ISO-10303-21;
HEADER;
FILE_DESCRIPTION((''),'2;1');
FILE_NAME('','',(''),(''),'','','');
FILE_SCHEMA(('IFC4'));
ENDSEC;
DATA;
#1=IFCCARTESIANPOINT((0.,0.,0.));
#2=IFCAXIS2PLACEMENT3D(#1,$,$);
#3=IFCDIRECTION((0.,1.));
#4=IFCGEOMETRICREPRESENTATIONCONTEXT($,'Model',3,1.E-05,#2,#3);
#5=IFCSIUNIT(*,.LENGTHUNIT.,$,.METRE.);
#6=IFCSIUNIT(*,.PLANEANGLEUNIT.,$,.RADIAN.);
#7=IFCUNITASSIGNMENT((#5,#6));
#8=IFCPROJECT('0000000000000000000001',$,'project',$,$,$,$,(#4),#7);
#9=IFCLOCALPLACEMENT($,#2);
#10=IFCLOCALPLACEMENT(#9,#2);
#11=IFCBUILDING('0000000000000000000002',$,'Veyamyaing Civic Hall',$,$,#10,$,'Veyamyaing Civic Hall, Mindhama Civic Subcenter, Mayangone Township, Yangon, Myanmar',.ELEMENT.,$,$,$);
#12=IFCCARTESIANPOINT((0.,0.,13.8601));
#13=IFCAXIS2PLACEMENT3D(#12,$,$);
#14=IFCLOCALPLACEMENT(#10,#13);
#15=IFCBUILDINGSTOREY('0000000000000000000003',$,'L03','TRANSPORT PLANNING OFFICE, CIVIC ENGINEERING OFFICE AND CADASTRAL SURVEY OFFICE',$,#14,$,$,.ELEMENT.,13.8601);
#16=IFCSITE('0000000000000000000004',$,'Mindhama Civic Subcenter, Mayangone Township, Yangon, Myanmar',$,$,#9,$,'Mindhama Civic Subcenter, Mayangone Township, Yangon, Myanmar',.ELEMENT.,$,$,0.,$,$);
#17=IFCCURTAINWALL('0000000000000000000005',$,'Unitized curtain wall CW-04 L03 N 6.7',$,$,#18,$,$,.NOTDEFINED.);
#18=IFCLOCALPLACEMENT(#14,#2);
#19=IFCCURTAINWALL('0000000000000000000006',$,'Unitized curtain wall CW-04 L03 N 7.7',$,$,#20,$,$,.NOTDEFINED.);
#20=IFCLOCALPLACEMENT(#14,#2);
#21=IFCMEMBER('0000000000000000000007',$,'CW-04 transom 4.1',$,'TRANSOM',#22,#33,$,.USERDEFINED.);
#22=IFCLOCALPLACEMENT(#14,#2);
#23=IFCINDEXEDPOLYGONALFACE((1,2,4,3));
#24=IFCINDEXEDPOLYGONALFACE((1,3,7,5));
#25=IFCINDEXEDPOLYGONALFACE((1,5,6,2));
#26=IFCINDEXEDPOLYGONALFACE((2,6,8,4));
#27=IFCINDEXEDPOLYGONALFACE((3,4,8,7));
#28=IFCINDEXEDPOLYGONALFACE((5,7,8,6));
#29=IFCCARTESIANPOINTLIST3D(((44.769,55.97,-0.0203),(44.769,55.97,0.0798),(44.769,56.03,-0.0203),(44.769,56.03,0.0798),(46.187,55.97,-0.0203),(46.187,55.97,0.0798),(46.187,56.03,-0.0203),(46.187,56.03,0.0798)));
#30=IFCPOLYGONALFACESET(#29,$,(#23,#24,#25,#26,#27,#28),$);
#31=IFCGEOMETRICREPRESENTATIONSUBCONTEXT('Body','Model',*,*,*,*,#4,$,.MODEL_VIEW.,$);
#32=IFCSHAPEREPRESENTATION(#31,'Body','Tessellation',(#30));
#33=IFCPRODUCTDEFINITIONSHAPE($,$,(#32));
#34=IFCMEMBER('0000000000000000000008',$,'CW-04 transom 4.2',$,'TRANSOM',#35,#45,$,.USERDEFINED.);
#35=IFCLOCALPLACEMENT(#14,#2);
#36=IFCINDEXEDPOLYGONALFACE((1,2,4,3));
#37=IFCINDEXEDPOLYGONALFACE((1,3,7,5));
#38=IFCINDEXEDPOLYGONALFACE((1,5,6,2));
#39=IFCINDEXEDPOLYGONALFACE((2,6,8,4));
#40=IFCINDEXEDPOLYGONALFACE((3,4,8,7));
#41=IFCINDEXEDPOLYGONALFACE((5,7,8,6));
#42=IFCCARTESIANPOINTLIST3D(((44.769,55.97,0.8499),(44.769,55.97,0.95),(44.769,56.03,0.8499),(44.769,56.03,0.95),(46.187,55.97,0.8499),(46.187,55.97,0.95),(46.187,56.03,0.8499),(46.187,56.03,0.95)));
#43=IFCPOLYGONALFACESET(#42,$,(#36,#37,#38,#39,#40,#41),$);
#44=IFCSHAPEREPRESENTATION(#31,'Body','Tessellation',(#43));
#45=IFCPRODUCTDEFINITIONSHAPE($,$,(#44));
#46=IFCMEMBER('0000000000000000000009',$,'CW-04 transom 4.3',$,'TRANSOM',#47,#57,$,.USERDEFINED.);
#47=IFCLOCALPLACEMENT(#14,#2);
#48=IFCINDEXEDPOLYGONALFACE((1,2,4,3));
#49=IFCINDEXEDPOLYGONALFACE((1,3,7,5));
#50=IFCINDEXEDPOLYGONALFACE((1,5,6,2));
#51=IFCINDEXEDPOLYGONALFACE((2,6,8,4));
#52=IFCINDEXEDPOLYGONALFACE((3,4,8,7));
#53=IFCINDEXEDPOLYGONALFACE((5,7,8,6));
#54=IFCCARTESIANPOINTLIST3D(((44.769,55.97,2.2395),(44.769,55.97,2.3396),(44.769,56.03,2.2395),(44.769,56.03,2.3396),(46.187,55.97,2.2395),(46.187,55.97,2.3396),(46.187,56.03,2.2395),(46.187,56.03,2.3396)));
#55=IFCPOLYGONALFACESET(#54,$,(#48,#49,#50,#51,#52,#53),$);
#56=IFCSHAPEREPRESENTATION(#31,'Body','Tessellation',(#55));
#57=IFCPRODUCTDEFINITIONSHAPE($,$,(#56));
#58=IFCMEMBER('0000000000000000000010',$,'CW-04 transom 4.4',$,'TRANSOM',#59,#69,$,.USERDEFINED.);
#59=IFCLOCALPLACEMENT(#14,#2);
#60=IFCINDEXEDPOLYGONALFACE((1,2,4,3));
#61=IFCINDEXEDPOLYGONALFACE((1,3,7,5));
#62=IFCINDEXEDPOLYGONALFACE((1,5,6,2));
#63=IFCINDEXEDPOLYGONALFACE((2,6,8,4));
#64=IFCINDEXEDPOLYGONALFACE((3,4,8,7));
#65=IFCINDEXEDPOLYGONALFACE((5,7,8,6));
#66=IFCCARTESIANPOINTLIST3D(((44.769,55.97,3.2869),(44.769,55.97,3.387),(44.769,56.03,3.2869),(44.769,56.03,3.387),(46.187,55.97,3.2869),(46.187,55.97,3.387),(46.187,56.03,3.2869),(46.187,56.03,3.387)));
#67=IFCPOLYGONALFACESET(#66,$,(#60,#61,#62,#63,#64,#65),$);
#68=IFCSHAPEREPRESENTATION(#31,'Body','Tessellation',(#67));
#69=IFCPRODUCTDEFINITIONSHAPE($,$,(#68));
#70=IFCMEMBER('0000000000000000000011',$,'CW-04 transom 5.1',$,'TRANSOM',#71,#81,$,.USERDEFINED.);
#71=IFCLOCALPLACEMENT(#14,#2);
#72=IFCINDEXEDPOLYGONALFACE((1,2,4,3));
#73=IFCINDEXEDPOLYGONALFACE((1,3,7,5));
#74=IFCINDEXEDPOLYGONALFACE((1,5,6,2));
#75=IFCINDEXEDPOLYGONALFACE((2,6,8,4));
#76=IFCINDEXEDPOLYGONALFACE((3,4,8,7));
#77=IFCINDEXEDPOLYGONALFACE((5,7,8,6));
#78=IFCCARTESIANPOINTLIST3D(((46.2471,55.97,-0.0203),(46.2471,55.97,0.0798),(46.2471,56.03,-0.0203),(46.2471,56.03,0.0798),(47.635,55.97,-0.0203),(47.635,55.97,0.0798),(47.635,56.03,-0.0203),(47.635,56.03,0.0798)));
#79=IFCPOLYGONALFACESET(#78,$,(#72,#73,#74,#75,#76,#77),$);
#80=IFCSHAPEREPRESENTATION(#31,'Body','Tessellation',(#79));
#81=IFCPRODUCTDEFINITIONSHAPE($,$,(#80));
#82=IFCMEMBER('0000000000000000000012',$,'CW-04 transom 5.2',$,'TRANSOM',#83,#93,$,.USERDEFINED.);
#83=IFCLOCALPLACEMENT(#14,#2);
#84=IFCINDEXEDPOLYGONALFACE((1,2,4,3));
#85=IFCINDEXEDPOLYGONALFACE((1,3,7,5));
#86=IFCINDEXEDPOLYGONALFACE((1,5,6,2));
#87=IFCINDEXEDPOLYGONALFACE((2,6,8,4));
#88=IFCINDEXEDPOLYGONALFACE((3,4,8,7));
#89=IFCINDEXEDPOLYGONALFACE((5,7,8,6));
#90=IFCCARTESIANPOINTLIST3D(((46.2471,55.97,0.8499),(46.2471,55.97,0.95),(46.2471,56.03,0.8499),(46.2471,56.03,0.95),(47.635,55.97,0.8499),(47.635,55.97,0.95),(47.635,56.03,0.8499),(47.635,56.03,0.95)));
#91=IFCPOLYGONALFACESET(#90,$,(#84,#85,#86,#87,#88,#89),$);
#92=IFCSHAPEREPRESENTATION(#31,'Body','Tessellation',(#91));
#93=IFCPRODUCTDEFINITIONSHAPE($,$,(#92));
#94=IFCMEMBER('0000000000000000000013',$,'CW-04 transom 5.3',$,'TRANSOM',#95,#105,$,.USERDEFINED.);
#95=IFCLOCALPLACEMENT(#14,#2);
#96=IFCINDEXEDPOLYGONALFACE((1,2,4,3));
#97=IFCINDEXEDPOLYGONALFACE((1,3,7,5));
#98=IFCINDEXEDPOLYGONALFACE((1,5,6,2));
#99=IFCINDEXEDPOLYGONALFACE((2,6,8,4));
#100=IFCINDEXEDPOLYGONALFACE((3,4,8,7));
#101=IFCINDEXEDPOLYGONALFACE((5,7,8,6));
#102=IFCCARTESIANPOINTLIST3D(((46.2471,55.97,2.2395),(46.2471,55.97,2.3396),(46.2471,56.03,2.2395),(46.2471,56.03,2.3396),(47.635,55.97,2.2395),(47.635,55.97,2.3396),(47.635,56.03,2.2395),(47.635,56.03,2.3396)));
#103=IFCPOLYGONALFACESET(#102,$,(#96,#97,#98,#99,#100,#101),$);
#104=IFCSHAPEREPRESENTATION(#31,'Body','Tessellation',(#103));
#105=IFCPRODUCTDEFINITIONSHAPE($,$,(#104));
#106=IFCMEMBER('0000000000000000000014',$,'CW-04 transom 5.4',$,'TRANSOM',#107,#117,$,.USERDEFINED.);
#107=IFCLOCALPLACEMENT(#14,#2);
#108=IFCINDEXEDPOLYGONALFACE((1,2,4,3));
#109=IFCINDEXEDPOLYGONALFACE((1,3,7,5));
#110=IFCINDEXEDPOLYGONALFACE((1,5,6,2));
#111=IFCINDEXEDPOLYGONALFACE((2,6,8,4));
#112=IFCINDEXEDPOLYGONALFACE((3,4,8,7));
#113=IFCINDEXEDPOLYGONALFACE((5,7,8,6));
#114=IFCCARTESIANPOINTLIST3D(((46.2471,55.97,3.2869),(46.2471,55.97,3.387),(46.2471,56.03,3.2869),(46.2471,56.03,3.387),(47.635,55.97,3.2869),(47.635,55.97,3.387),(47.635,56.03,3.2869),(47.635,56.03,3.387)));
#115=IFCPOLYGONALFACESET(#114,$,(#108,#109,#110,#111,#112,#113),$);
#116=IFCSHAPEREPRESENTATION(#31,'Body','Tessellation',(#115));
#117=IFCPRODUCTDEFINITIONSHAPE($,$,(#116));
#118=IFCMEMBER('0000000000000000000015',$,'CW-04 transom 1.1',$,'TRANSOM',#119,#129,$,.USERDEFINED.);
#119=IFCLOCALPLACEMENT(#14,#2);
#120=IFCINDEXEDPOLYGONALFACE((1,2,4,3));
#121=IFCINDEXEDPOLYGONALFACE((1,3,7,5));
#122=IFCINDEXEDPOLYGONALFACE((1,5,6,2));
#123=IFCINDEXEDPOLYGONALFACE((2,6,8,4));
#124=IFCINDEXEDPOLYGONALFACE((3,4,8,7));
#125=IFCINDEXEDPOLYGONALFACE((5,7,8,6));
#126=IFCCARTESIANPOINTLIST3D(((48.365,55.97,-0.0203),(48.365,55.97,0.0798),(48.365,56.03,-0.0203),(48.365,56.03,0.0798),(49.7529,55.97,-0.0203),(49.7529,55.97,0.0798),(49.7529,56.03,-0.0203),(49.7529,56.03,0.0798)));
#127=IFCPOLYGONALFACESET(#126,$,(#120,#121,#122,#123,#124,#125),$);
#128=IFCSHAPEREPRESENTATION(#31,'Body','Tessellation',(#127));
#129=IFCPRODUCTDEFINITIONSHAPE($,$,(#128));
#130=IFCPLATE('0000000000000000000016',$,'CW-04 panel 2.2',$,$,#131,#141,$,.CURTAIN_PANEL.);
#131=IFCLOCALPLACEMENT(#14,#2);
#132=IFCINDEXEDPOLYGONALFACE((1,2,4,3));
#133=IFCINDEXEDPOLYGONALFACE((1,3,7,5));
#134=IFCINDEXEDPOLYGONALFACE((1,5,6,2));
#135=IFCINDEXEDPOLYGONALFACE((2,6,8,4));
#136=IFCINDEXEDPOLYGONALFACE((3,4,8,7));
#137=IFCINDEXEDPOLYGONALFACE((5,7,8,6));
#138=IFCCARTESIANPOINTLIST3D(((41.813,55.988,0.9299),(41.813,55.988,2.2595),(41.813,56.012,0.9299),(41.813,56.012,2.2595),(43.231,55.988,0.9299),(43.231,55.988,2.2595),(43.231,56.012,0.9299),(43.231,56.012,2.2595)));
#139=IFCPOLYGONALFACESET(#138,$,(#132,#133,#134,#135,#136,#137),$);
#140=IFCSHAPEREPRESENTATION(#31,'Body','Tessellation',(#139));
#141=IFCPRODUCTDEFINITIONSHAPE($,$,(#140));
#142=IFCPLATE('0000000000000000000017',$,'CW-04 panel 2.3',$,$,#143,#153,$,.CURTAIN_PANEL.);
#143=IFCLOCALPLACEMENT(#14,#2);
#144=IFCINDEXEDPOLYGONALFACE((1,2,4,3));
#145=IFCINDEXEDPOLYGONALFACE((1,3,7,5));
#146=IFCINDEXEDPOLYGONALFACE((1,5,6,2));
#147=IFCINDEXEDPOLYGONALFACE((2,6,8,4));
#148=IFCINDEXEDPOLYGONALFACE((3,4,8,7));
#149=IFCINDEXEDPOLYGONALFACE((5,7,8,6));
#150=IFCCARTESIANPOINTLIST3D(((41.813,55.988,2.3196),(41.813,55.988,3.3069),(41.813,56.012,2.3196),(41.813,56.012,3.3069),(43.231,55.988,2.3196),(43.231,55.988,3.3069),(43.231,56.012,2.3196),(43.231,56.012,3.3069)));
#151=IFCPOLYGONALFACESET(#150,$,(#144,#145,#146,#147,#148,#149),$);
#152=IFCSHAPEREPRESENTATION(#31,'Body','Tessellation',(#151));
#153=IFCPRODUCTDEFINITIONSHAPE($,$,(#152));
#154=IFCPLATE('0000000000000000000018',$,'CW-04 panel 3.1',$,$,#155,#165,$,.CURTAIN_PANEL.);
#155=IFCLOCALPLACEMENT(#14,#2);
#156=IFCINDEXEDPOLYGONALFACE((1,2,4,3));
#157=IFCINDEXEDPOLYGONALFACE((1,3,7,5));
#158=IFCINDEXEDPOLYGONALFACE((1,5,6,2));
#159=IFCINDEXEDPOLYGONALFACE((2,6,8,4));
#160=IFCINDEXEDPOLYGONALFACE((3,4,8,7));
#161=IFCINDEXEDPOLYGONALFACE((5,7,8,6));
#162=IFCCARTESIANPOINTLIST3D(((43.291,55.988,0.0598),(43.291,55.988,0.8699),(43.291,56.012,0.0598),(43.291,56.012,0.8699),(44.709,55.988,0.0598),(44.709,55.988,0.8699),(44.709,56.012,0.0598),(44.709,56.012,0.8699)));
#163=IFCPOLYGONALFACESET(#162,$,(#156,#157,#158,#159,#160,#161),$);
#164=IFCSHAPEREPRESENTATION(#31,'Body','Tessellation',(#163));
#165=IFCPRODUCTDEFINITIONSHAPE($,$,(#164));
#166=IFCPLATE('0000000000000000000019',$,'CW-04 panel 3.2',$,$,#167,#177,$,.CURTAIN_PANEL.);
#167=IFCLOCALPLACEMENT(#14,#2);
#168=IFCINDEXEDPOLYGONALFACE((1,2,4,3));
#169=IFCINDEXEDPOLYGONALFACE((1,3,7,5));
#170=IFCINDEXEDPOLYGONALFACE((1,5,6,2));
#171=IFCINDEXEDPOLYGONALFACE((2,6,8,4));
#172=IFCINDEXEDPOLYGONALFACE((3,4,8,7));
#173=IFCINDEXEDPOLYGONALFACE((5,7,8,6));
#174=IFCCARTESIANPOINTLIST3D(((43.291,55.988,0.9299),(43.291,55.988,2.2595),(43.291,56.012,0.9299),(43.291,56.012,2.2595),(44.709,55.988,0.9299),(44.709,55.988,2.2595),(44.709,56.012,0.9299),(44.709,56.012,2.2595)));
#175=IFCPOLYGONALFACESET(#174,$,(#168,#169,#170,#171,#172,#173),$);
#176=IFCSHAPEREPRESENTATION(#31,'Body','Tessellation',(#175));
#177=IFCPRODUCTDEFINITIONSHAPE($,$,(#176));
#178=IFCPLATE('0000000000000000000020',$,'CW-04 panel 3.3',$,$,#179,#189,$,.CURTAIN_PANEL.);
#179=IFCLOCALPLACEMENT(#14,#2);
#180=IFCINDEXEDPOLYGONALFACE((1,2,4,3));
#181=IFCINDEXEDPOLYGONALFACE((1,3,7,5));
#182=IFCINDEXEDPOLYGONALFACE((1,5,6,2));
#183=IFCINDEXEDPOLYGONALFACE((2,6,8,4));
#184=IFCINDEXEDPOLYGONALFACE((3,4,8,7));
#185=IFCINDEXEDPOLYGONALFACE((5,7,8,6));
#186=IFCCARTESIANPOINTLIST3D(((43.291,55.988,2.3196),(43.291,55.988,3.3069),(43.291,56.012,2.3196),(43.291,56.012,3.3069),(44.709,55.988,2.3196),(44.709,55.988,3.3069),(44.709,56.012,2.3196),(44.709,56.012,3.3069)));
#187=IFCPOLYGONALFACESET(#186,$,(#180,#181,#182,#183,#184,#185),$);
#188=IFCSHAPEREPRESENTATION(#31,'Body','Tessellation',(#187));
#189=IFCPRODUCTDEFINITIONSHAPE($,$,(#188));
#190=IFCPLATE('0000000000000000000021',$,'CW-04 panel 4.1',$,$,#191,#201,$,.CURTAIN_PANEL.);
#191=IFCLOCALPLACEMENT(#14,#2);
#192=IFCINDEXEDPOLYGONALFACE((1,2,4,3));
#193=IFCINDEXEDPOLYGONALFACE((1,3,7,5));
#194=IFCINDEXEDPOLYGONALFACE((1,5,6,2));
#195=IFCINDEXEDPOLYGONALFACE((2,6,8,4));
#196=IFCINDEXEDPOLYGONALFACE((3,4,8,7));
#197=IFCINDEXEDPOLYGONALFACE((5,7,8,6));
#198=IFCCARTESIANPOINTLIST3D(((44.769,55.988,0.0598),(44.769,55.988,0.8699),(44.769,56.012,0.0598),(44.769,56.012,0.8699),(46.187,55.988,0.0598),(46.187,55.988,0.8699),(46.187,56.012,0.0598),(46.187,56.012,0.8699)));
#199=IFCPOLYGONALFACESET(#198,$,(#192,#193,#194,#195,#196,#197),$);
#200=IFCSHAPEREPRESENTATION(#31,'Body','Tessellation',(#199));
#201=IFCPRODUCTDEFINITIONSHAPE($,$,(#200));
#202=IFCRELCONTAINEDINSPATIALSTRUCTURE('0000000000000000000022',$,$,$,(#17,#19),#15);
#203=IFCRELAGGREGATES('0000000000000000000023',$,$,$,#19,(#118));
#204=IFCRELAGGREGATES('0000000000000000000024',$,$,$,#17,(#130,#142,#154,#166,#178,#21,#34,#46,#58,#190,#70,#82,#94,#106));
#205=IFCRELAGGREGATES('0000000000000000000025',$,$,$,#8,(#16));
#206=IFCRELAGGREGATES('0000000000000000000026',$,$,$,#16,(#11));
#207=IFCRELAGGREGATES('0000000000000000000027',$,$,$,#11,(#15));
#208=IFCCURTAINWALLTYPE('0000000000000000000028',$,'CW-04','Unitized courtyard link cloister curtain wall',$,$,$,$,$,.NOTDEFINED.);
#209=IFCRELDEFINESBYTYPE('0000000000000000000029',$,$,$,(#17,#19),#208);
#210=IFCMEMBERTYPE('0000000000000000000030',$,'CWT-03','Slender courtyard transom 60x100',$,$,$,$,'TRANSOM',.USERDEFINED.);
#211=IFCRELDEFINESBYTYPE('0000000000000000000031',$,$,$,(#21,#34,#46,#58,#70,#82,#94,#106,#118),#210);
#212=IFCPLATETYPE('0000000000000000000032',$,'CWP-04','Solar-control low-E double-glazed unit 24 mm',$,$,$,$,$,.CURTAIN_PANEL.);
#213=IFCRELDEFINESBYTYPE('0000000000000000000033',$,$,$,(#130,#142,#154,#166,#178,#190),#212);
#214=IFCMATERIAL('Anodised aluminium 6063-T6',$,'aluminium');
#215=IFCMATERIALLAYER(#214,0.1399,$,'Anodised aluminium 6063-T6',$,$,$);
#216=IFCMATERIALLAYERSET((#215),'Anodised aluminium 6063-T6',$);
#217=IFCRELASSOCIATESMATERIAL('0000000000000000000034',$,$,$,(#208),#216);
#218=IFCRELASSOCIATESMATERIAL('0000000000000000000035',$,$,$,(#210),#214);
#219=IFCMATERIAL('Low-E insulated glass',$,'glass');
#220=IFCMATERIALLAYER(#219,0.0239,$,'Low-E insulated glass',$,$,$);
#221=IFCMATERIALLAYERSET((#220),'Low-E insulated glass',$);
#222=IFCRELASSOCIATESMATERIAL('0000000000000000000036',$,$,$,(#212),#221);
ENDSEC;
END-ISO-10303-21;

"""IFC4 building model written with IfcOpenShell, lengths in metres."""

from ifc_helpers import new_model, si_unit, direction, frame, origin, origin_2d, place, context, subcontext, project, spatial, rectangle, extrude, material, layer, layer_set, material_profile, profile_set, type_object, element, aggregate, save


model = new_model("IFC4")

# Units and contexts
model_context = context("Model", 3, precision=1e-05, world=origin(), true_north=direction((0.0, 1.0)))
body_context = subcontext(model_context, "Body", "Model", "MODEL_VIEW")
ifc_project = project(units=[si_unit("LENGTHUNIT", "METRE"), si_unit("PLANEANGLEUNIT", "RADIAN")], contexts=[model_context])

# Site, building, storey
site_placement = place(None, origin())
site = spatial("IfcSite", under=ifc_project, at=site_placement, Name="Mindhama Civic Subcenter, Mayangone Township, Yangon, Myanmar", LongName="Mindhama Civic Subcenter, Mayangone Township, Yangon, Myanmar", CompositionType="ELEMENT", RefElevation=0.0)
building_placement = place(site_placement, origin())
building = spatial("IfcBuilding", under=site, at=building_placement, Name="Veyamyaing Civic Hall", LongName="Veyamyaing Civic Hall, Mindhama Civic Subcenter, Mayangone Township, Yangon, Myanmar", CompositionType="ELEMENT")
storey_placement = place(building_placement, frame((0.0, 0.0, 13.8601)))
storey = spatial("IfcBuildingStorey", under=building, at=storey_placement, Name="L03", Description="TRANSPORT PLANNING OFFICE, CIVIC ENGINEERING OFFICE AND CADASTRAL SURVEY OFFICE", CompositionType="ELEMENT", Elevation=13.8601)

# Curtain wall
ifc_material_1 = material(Name="Anodised aluminium 6063-T6", Category="aluminium")
ifc_layer_1 = layer(ifc_material_1, 0.1399, Name="Anodised aluminium 6063-T6")
ifc_layer_set_1 = layer_set([ifc_layer_1], Name="Anodised aluminium 6063-T6")
curtain_wall_type = type_object("IfcCurtainWallType", Name="CW-04", Description="Unitized courtyard link cloister curtain wall", PredefinedType="NOTDEFINED", material=ifc_layer_set_1)
curtain_wall_1_placement = place(storey_placement, origin())
curtain_wall_1 = element("IfcCurtainWall", 1, at=curtain_wall_1_placement, inside=storey, type_object=curtain_wall_type, Name="Unitized curtain wall CW-04 L03 N 6.7", PredefinedType="NOTDEFINED")

# Curtain wall
curtain_wall_2_placement = place(storey_placement, origin())
curtain_wall_2 = element("IfcCurtainWall", 2, at=curtain_wall_2_placement, inside=storey, type_object=curtain_wall_type, Name="Unitized curtain wall CW-04 L03 N 7.7", PredefinedType="NOTDEFINED")

# Members
ifc_material_profile_1 = material_profile(ifc_material_1, rectangle(XDim=0.0601, YDim=0.1001, at=origin_2d()), Name="ALU-TRN-60X100")
ifc_profile_set_1 = profile_set([ifc_material_profile_1], Name="Anodised aluminium 6063-T6")
member_type_1 = type_object("IfcMemberType", Name="CWT-03", Description="Slender courtyard transom 60x100", ElementType="TRANSOM", PredefinedType="USERDEFINED", material=ifc_profile_set_1)
member_1_placement = place(storey_placement, frame((44.769, 56.0, 0.0298), z_axis=(1.0, 0.0, 0.0), x_axis=(0.0, 1.0, 0.0)))
member_1 = element("IfcMember", 3, at=member_1_placement, type_object=member_type_1, Name="CW-04 transom 4.1", ObjectType="TRANSOM", PredefinedType="USERDEFINED", context=body_context, shape_type="SweptSolid", body=[
    extrude(rectangle(XDim=0.0601, YDim=0.1001, at=origin_2d()), origin(), (0.0, 0.0, 1.0), 1.418),
])
member_2_placement = place(storey_placement, frame((44.769, 56.0, 0.8999), z_axis=(1.0, 0.0, 0.0), x_axis=(0.0, 1.0, 0.0)))
member_2 = element("IfcMember", 4, at=member_2_placement, type_object=member_type_1, Name="CW-04 transom 4.2", ObjectType="TRANSOM", PredefinedType="USERDEFINED", context=body_context, shape_type="SweptSolid", body=[
    extrude(rectangle(XDim=0.0601, YDim=0.1001, at=origin_2d()), origin(), (0.0, 0.0, 1.0), 1.418),
])
member_3_placement = place(storey_placement, frame((44.769, 56.0, 2.2896), z_axis=(1.0, 0.0, 0.0), x_axis=(0.0, 1.0, 0.0)))
member_3 = element("IfcMember", 5, at=member_3_placement, type_object=member_type_1, Name="CW-04 transom 4.3", ObjectType="TRANSOM", PredefinedType="USERDEFINED", context=body_context, shape_type="SweptSolid", body=[
    extrude(rectangle(XDim=0.0601, YDim=0.1001, at=origin_2d()), origin(), (0.0, 0.0, 1.0), 1.418),
])
member_4_placement = place(storey_placement, frame((44.769, 56.0, 3.3369), z_axis=(1.0, 0.0, 0.0), x_axis=(0.0, 1.0, 0.0)))
member_4 = element("IfcMember", 6, at=member_4_placement, type_object=member_type_1, Name="CW-04 transom 4.4", ObjectType="TRANSOM", PredefinedType="USERDEFINED", context=body_context, shape_type="SweptSolid", body=[
    extrude(rectangle(XDim=0.0601, YDim=0.1001, at=origin_2d()), origin(), (0.0, 0.0, 1.0), 1.418),
])
member_5_placement = place(storey_placement, frame((46.2471, 56.0, 0.0298), z_axis=(1.0, 0.0, 0.0), x_axis=(0.0, 1.0, 0.0)))
member_5 = element("IfcMember", 7, at=member_5_placement, type_object=member_type_1, Name="CW-04 transom 5.1", ObjectType="TRANSOM", PredefinedType="USERDEFINED", context=body_context, shape_type="SweptSolid", body=[
    extrude(rectangle(XDim=0.0601, YDim=0.1001, at=origin_2d()), origin(), (0.0, 0.0, 1.0), 1.3879),
])
member_6_placement = place(storey_placement, frame((46.2471, 56.0, 0.8999), z_axis=(1.0, 0.0, 0.0), x_axis=(0.0, 1.0, 0.0)))
member_6 = element("IfcMember", 8, at=member_6_placement, type_object=member_type_1, Name="CW-04 transom 5.2", ObjectType="TRANSOM", PredefinedType="USERDEFINED", context=body_context, shape_type="SweptSolid", body=[
    extrude(rectangle(XDim=0.0601, YDim=0.1001, at=origin_2d()), origin(), (0.0, 0.0, 1.0), 1.3879),
])
member_7_placement = place(storey_placement, frame((46.2471, 56.0, 2.2896), z_axis=(1.0, 0.0, 0.0), x_axis=(0.0, 1.0, 0.0)))
member_7 = element("IfcMember", 9, at=member_7_placement, type_object=member_type_1, Name="CW-04 transom 5.3", ObjectType="TRANSOM", PredefinedType="USERDEFINED", context=body_context, shape_type="SweptSolid", body=[
    extrude(rectangle(XDim=0.0601, YDim=0.1001, at=origin_2d()), origin(), (0.0, 0.0, 1.0), 1.3879),
])
member_8_placement = place(storey_placement, frame((46.2471, 56.0, 3.3369), z_axis=(1.0, 0.0, 0.0), x_axis=(0.0, 1.0, 0.0)))
member_8 = element("IfcMember", 10, at=member_8_placement, type_object=member_type_1, Name="CW-04 transom 5.4", ObjectType="TRANSOM", PredefinedType="USERDEFINED", context=body_context, shape_type="SweptSolid", body=[
    extrude(rectangle(XDim=0.0601, YDim=0.1001, at=origin_2d()), origin(), (0.0, 0.0, 1.0), 1.3879),
])
member_9_placement = place(storey_placement, frame((48.365, 56.0, 0.0298), z_axis=(1.0, 0.0, 0.0), x_axis=(0.0, 1.0, 0.0)))
member_9 = element("IfcMember", 11, at=member_9_placement, type_object=member_type_1, Name="CW-04 transom 1.1", ObjectType="TRANSOM", PredefinedType="USERDEFINED", context=body_context, shape_type="SweptSolid", body=[
    extrude(rectangle(XDim=0.0601, YDim=0.1001, at=origin_2d()), origin(), (0.0, 0.0, 1.0), 1.3879),
])
aggregate(curtain_wall_2, [member_9])

# Plates
ifc_material_2 = material(Name="Low-E insulated glass", Category="glass")
ifc_layer_2 = layer(ifc_material_2, 0.0239, Name="Low-E insulated glass")
ifc_layer_set_2 = layer_set([ifc_layer_2], Name="Low-E insulated glass")
plate_type = type_object("IfcPlateType", Name="CWP-04", Description="Solar-control low-E double-glazed unit 24 mm", PredefinedType="CURTAIN_PANEL", material=ifc_layer_set_2)
plate_1_placement = place(storey_placement, frame((42.522, 56.0, 0.9299), z_axis=(0.0, 0.0, 1.0), x_axis=(1.0, 0.0, 0.0)))
plate_1 = element("IfcPlate", 12, at=plate_1_placement, type_object=plate_type, Name="CW-04 panel 2.2", PredefinedType="CURTAIN_PANEL", context=body_context, shape_type="SweptSolid", body=[
    extrude(rectangle(XDim=1.418, YDim=0.0239, at=origin_2d()), origin(), (0.0, 0.0, 1.0), 1.3296),
])
plate_2_placement = place(storey_placement, frame((42.522, 56.0, 2.3196), z_axis=(0.0, 0.0, 1.0), x_axis=(1.0, 0.0, 0.0)))
plate_2 = element("IfcPlate", 13, at=plate_2_placement, type_object=plate_type, Name="CW-04 panel 2.3", PredefinedType="CURTAIN_PANEL", context=body_context, shape_type="SweptSolid", body=[
    extrude(rectangle(XDim=1.418, YDim=0.0239, at=origin_2d()), origin(), (0.0, 0.0, 1.0), 0.9873),
])
plate_3_placement = place(storey_placement, frame((44.0, 56.0, 0.0598), z_axis=(0.0, 0.0, 1.0), x_axis=(1.0, 0.0, 0.0)))
plate_3 = element("IfcPlate", 14, at=plate_3_placement, type_object=plate_type, Name="CW-04 panel 3.1", PredefinedType="CURTAIN_PANEL", context=body_context, shape_type="SweptSolid", body=[
    extrude(rectangle(XDim=1.418, YDim=0.0239, at=origin_2d()), origin(), (0.0, 0.0, 1.0), 0.8101),
])
plate_4_placement = place(storey_placement, frame((44.0, 56.0, 0.9299), z_axis=(0.0, 0.0, 1.0), x_axis=(1.0, 0.0, 0.0)))
plate_4 = element("IfcPlate", 15, at=plate_4_placement, type_object=plate_type, Name="CW-04 panel 3.2", PredefinedType="CURTAIN_PANEL", context=body_context, shape_type="SweptSolid", body=[
    extrude(rectangle(XDim=1.418, YDim=0.0239, at=origin_2d()), origin(), (0.0, 0.0, 1.0), 1.3296),
])
plate_5_placement = place(storey_placement, frame((44.0, 56.0, 2.3196), z_axis=(0.0, 0.0, 1.0), x_axis=(1.0, 0.0, 0.0)))
plate_5 = element("IfcPlate", 16, at=plate_5_placement, type_object=plate_type, Name="CW-04 panel 3.3", PredefinedType="CURTAIN_PANEL", context=body_context, shape_type="SweptSolid", body=[
    extrude(rectangle(XDim=1.418, YDim=0.0239, at=origin_2d()), origin(), (0.0, 0.0, 1.0), 0.9873),
])
plate_6_placement = place(storey_placement, frame((45.478, 56.0, 0.0598), z_axis=(0.0, 0.0, 1.0), x_axis=(1.0, 0.0, 0.0)))
plate_6 = element("IfcPlate", 17, at=plate_6_placement, type_object=plate_type, Name="CW-04 panel 4.1", PredefinedType="CURTAIN_PANEL", context=body_context, shape_type="SweptSolid", body=[
    extrude(rectangle(XDim=1.418, YDim=0.0239, at=origin_2d()), origin(), (0.0, 0.0, 1.0), 0.8101),
])
aggregate(curtain_wall_1, [plate_1, plate_2, plate_3, plate_4, plate_5, member_1, member_2, member_3, member_4, plate_6, member_5, member_6, member_7, member_8])

save(model, "model.ifc")
